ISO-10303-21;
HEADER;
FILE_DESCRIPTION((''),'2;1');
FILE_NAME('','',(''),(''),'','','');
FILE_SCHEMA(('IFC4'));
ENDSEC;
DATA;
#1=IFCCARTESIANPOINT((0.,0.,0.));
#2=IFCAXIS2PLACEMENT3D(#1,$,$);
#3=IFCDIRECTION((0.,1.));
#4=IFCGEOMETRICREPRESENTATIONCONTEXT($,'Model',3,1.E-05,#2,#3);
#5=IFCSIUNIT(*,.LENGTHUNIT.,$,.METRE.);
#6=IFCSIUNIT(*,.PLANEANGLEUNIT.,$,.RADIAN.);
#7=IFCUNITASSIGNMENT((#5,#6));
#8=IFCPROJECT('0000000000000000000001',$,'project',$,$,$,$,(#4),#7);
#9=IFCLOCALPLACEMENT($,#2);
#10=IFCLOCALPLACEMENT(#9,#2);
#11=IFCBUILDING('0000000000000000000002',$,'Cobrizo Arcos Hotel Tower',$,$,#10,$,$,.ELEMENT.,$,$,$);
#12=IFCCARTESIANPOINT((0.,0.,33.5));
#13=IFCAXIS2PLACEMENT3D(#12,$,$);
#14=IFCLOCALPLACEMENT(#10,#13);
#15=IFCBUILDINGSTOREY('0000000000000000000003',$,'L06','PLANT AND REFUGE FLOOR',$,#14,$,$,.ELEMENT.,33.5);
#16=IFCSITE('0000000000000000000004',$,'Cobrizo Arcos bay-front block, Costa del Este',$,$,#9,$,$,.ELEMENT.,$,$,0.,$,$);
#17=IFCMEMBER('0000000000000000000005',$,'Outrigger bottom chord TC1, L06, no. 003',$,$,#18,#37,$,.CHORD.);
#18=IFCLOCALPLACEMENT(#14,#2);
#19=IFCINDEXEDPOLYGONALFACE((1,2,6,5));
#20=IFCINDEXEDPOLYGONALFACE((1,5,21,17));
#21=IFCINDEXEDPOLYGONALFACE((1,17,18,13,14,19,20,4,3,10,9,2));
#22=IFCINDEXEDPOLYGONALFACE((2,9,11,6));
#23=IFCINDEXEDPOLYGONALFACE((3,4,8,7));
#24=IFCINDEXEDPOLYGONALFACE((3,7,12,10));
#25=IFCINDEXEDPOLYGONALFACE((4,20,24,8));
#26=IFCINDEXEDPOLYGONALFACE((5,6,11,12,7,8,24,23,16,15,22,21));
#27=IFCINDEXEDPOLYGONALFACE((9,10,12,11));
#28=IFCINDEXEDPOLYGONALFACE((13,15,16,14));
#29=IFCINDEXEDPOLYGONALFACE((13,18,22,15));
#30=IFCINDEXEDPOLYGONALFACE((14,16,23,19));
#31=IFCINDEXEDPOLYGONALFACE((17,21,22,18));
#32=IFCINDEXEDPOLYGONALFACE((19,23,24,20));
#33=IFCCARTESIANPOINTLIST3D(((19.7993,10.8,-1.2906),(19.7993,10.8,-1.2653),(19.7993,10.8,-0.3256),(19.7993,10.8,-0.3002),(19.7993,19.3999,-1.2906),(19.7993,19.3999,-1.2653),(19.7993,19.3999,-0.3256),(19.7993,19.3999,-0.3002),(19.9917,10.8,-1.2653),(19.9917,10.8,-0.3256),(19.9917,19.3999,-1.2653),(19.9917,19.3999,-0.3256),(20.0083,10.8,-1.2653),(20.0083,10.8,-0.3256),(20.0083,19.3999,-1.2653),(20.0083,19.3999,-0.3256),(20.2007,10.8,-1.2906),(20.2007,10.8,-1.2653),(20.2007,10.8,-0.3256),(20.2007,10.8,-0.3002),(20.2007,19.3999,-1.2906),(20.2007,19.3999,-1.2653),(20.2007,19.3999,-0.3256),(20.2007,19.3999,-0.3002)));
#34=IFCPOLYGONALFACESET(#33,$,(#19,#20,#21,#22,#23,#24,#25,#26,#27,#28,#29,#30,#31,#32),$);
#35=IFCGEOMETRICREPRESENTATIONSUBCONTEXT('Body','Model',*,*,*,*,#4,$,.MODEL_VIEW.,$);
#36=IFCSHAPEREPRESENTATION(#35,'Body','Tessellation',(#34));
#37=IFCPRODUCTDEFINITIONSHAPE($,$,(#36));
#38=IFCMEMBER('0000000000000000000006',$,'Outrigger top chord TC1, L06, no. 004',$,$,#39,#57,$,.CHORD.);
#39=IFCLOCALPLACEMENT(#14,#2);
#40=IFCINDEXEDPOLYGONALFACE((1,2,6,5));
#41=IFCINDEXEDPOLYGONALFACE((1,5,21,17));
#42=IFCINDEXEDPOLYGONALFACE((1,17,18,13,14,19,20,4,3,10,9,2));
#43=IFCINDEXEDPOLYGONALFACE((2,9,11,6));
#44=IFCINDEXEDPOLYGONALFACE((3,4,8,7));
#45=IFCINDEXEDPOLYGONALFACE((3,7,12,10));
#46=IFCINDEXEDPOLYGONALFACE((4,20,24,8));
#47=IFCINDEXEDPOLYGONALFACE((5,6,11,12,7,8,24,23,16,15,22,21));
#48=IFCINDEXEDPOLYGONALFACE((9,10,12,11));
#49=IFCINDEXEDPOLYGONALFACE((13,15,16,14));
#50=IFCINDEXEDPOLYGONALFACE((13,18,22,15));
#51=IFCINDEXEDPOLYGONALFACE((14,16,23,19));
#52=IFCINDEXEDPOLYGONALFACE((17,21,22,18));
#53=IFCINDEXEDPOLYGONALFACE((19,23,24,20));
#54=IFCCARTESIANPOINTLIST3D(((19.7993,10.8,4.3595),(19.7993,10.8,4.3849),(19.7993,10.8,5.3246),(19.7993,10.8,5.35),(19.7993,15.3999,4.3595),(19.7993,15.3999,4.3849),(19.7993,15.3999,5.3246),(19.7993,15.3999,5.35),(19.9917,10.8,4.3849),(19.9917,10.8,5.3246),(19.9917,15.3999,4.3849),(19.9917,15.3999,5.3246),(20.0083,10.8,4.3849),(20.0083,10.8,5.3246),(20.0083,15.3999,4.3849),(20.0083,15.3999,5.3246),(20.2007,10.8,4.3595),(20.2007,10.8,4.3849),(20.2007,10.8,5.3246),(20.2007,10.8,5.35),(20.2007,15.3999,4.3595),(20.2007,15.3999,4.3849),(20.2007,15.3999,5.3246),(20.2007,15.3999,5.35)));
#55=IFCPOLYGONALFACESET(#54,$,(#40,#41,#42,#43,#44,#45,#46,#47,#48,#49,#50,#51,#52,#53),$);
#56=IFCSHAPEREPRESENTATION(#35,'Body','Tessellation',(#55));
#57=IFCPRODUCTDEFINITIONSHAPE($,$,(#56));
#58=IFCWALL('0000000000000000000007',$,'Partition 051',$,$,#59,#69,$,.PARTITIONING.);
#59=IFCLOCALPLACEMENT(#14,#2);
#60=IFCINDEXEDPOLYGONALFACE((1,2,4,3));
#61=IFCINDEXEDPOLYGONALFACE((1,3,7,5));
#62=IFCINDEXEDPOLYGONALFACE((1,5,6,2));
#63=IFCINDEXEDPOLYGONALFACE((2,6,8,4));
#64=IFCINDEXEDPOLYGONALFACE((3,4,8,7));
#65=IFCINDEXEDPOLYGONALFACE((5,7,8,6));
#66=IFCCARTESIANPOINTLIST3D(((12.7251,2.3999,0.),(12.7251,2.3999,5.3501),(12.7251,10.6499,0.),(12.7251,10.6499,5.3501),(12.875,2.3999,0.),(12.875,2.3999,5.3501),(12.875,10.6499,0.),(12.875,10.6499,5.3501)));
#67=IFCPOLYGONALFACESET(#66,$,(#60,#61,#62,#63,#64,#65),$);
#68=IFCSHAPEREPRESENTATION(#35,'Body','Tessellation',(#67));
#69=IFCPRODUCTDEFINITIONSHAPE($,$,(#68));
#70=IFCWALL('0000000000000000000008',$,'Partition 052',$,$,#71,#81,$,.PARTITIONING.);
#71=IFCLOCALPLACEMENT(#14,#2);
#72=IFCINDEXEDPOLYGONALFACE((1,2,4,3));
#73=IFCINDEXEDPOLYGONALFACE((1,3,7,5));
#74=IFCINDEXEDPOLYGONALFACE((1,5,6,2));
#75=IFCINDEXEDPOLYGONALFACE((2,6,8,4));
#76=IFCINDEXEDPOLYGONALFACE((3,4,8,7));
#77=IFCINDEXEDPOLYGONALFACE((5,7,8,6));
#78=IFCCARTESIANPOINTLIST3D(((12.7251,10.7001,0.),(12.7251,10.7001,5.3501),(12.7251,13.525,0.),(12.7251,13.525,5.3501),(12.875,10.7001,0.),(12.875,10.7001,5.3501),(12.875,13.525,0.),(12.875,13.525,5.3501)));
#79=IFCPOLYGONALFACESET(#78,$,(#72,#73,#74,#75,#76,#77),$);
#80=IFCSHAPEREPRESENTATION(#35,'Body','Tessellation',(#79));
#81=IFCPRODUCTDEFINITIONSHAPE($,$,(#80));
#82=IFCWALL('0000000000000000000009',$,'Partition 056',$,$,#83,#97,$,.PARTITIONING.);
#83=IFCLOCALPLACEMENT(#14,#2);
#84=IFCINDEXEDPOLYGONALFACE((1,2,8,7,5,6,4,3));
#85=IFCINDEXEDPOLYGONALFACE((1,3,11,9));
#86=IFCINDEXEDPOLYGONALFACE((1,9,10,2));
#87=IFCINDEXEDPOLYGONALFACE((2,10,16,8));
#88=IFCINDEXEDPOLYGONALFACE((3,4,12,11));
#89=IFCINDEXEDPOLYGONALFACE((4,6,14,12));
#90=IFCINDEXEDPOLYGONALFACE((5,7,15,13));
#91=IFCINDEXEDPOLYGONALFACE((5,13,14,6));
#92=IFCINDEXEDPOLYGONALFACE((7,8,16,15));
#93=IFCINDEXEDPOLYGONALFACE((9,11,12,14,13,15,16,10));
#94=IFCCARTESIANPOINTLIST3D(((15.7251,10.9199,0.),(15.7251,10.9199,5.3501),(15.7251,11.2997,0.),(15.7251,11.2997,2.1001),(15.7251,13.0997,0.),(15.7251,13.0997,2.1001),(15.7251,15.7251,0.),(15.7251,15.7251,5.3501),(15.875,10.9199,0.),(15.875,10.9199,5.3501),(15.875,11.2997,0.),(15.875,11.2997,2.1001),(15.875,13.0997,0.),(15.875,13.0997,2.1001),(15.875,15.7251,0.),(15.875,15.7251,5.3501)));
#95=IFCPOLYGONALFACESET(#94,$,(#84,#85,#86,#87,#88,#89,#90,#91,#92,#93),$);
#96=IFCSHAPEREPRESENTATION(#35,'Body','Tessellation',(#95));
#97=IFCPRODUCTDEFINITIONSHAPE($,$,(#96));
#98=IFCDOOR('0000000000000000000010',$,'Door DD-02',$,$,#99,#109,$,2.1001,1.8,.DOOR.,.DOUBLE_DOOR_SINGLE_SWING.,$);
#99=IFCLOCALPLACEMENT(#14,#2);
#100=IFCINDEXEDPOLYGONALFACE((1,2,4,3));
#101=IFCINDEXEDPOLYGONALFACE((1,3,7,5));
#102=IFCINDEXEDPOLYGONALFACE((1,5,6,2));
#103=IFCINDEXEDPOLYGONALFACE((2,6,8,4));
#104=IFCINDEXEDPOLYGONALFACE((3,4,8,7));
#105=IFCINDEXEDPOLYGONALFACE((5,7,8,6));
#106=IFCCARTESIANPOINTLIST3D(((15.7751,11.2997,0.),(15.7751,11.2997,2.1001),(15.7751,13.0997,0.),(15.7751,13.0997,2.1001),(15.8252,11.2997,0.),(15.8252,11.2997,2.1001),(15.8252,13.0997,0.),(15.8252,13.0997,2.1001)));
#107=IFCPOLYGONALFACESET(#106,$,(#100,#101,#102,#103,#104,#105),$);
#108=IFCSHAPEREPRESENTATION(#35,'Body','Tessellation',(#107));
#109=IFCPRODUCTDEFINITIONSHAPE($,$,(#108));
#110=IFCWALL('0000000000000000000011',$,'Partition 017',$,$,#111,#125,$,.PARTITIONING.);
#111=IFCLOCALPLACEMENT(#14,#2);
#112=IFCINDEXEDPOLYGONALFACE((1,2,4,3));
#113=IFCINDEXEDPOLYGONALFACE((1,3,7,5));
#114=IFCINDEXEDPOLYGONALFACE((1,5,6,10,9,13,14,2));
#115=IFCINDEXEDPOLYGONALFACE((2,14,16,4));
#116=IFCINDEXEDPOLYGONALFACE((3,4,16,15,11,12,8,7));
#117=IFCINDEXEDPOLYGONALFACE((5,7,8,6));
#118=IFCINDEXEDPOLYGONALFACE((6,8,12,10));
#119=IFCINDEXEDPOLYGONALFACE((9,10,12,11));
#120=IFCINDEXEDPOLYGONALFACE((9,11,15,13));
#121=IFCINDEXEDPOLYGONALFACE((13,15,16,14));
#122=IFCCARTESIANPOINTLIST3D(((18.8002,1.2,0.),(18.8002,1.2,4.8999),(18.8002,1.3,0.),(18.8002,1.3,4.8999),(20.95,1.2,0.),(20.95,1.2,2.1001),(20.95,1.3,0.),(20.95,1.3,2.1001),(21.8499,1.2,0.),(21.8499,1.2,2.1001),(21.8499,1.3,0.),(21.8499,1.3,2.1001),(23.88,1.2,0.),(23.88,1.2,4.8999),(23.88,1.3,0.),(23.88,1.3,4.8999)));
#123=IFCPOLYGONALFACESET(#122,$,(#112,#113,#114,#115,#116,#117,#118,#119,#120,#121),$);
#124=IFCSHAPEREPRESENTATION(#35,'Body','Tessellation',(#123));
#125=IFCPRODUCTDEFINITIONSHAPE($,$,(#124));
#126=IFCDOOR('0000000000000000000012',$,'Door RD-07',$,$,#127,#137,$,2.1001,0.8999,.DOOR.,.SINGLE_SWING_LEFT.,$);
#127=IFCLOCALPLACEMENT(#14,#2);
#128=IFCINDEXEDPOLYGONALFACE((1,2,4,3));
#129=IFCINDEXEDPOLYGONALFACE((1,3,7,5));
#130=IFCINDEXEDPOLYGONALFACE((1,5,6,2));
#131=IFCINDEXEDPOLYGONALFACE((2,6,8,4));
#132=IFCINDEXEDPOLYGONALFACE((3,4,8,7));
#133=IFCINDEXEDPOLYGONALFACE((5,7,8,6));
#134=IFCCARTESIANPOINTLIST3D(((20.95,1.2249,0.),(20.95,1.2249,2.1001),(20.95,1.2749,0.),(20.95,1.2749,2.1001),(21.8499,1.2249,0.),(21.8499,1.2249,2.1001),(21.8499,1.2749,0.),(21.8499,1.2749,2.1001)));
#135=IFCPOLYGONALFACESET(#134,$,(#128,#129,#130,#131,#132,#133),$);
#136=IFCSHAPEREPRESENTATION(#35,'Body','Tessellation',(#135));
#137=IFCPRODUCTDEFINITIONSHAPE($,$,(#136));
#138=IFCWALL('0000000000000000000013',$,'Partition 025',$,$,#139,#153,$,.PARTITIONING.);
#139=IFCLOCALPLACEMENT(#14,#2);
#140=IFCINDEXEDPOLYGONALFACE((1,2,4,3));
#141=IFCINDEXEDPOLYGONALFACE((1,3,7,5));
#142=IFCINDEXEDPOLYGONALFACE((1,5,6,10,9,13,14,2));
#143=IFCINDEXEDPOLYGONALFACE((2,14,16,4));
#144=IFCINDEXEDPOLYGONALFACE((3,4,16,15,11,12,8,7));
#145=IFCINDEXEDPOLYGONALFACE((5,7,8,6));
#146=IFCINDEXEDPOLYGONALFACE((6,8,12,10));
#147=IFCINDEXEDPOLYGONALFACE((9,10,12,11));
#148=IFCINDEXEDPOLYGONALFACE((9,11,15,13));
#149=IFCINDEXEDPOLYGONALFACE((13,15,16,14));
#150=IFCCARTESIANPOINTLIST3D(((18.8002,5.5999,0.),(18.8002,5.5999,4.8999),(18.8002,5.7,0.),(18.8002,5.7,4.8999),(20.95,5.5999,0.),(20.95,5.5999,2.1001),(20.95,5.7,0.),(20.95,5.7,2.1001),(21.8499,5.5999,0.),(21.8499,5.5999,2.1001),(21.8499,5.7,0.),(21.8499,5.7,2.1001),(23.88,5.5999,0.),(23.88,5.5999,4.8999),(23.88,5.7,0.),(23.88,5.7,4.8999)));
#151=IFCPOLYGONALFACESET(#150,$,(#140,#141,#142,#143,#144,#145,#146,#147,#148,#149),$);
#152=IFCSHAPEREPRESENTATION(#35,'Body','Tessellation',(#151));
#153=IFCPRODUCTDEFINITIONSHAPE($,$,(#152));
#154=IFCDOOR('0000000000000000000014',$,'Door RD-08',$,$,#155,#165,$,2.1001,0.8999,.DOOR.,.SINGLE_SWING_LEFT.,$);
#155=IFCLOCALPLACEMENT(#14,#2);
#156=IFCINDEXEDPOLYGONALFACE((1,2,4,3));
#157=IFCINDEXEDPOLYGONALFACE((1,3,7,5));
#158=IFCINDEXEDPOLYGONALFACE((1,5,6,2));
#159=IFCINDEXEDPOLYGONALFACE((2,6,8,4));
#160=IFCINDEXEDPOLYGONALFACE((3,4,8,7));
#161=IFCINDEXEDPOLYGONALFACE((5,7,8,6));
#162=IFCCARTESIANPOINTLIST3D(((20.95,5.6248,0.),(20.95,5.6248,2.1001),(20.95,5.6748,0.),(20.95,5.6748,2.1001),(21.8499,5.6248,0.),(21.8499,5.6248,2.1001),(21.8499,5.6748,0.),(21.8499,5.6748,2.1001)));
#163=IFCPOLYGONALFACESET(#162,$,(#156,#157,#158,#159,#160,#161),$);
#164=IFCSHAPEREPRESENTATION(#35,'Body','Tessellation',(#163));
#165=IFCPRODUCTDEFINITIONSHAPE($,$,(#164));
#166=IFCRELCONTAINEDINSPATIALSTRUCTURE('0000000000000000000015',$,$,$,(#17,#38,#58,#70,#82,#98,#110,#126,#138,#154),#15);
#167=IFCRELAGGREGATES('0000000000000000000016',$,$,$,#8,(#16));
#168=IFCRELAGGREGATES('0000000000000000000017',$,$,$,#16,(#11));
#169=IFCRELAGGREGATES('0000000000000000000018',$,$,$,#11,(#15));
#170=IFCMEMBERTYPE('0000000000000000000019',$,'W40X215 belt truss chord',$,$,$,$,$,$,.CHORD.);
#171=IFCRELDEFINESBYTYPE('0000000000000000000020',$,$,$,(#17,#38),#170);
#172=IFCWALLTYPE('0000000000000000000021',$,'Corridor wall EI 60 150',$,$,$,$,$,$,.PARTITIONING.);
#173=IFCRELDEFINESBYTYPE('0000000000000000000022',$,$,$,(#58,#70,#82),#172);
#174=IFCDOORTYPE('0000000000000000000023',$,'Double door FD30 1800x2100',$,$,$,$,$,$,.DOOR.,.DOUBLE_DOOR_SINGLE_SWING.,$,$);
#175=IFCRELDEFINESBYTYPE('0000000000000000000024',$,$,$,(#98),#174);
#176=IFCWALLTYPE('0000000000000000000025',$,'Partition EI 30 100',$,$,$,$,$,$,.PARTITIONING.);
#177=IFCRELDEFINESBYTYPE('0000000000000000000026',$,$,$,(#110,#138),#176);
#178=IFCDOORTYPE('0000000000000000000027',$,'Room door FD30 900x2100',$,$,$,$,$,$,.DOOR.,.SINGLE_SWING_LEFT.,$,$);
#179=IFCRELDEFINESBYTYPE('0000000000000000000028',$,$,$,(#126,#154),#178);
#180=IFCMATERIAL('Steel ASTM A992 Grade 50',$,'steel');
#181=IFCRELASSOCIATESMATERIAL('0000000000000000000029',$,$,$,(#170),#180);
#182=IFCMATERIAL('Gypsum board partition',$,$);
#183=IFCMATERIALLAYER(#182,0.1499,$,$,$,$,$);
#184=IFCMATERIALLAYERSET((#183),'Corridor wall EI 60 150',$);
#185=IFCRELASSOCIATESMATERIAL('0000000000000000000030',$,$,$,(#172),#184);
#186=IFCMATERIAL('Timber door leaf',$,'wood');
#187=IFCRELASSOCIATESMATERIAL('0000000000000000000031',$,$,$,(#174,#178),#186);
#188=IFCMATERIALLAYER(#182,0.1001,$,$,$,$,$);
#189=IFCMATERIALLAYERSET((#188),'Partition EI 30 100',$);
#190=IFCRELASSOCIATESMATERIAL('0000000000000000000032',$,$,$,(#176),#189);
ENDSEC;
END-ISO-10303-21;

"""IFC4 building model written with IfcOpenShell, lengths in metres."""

from ifc_helpers import new_model, si_unit, direction, frame, frame_2d, origin, origin_2d, place, context, subcontext, project, spatial, rectangle, i_section, extrude, material, layer, layer_set, material_profile, profile_set, type_object, element, fill, save


model = new_model("IFC4")

# Units and contexts
model_context = context("Model", 3, precision=1e-05, world=origin(), true_north=direction((0.0, 1.0)))
body_context = subcontext(model_context, "Body", "Model", "MODEL_VIEW")
ifc_project = project(units=[si_unit("LENGTHUNIT", "METRE"), si_unit("PLANEANGLEUNIT", "RADIAN")], contexts=[model_context])

# Site, building, storey
site_placement = place(None, origin())
site = spatial("IfcSite", under=ifc_project, at=site_placement, Name="Cobrizo Arcos bay-front block, Costa del Este", CompositionType="ELEMENT", RefElevation=0.0)
building_placement = place(site_placement, origin())
building = spatial("IfcBuilding", under=site, at=building_placement, Name="Cobrizo Arcos Hotel Tower", CompositionType="ELEMENT")
storey_placement = place(building_placement, frame((0.0, 0.0, 33.5)))
storey = spatial("IfcBuildingStorey", under=building, at=storey_placement, Name="L06", Description="PLANT AND REFUGE FLOOR", CompositionType="ELEMENT", Elevation=33.5)

# Shared definitions
ifc_material_1 = material(Name="Steel ASTM A992 Grade 50", Category="steel")

# Members
ifc_material_profile_1 = material_profile(ifc_material_1, i_section(OverallWidth=0.4014, OverallDepth=0.9905, WebThickness=0.0166, FlangeThickness=0.0254, at=origin_2d()), Name="W40X215")
ifc_profile_set_1 = profile_set([ifc_material_profile_1], Name="Steel ASTM A992 Grade 50")
member_type_1 = type_object("IfcMemberType", Name="W40X215 belt truss chord", PredefinedType="CHORD", material=ifc_profile_set_1)
member_1_placement = place(storey_placement, frame((20.0, 10.8, -0.7954), z_axis=(0.0, 1.0, 0.0), x_axis=(-1.0, 0.0, 0.0)))
element("IfcMember", 1, at=member_1_placement, inside=storey, type_object=member_type_1, Name="Outrigger bottom chord TC1, L06, no. 003", PredefinedType="CHORD", context=body_context, shape_type="SweptSolid", body=[
    extrude(i_section(OverallWidth=0.4014, OverallDepth=0.9905, WebThickness=0.0166, FlangeThickness=0.0254, at=origin_2d()), origin(), (0.0, 0.0, 1.0), 8.5999),
])
member_2_placement = place(storey_placement, frame((20.0, 10.8, 4.8547), z_axis=(0.0, 1.0, 0.0), x_axis=(-1.0, 0.0, 0.0)))
element("IfcMember", 2, at=member_2_placement, inside=storey, type_object=member_type_1, Name="Outrigger top chord TC1, L06, no. 004", PredefinedType="CHORD", context=body_context, shape_type="SweptSolid", body=[
    extrude(i_section(OverallWidth=0.4014, OverallDepth=0.9905, WebThickness=0.0166, FlangeThickness=0.0254, at=origin_2d()), origin(), (0.0, 0.0, 1.0), 4.5999),
])

# Walls
ifc_material_2 = material(Name="Gypsum board partition")
ifc_layer_1 = layer(ifc_material_2, 0.1499)
ifc_layer_set_1 = layer_set([ifc_layer_1], Name="Corridor wall EI 60 150")
wall_type_1 = type_object("IfcWallType", Name="Corridor wall EI 60 150", PredefinedType="PARTITIONING", material=ifc_layer_set_1)
wall_1_placement = place(storey_placement, frame((12.8, 2.3999, 0.0), z_axis=(0.0, 0.0, 1.0), x_axis=(0.0, 1.0, 0.0)))
element("IfcWall", 3, at=wall_1_placement, inside=storey, type_object=wall_type_1, Name="Partition 051", PredefinedType="PARTITIONING", context=body_context, shape_type="SweptSolid", body=[
    extrude(rectangle(XDim=8.25, YDim=0.1499, at=frame_2d((4.125, 0.0))), origin(), (0.0, 0.0, 1.0), 5.3501),
])
wall_2_placement = place(storey_placement, frame((12.8, 10.7, 0.0), z_axis=(0.0, 0.0, 1.0), x_axis=(0.0, 1.0, 0.0)))
element("IfcWall", 4, at=wall_2_placement, inside=storey, type_object=wall_type_1, Name="Partition 052", PredefinedType="PARTITIONING", context=body_context, shape_type="SweptSolid", body=[
    extrude(rectangle(XDim=2.825, YDim=0.1499, at=frame_2d((1.4126, 0.0))), origin(), (0.0, 0.0, 1.0), 5.3501),
])

# Walls, openings, doors
wall_3_placement = place(storey_placement, frame((15.8, 10.9199, 0.0), z_axis=(0.0, 0.0, 1.0), x_axis=(0.0, 1.0, 0.0)))
wall_3 = element("IfcWall", 5, at=wall_3_placement, inside=storey, type_object=wall_type_1, Name="Partition 056", PredefinedType="PARTITIONING", context=body_context, shape_type="SweptSolid", body=[
    extrude(rectangle(XDim=4.8052, YDim=0.1499, at=frame_2d((2.4026, 0.0))), origin(), (0.0, 0.0, 1.0), 5.3501),
])
opening_1_placement = place(wall_3_placement, frame((0.3799, 0.0, 0.0)))
opening_1 = element("IfcOpeningElement", 6, at=opening_1_placement, cuts=wall_3, PredefinedType="OPENING", context=body_context, shape_type="SweptSolid", body=[
    extrude(rectangle(XDim=1.8, YDim=2.1001, at=frame_2d((0.8999, 1.05))), frame((0.0, 0.0869, 0.0), z_axis=(0.0, -1.0, 0.0), x_axis=(1.0, 0.0, 0.0)), (0.0, 0.0, 1.0), 0.1738),
])
ifc_material_3 = material(Name="Timber door leaf", Category="wood")
door_type_1 = type_object("IfcDoorType", Name="Double door FD30 1800x2100", OperationType="DOUBLE_DOOR_SINGLE_SWING", PredefinedType="DOOR", material=ifc_material_3)
door_1_placement = place(opening_1_placement, origin())
door_1 = element("IfcDoor", 7, at=door_1_placement, inside=storey, type_object=door_type_1, Name="Door DD-02", OperationType="DOUBLE_DOOR_SINGLE_SWING", OverallHeight=2.1001, OverallWidth=1.8, PredefinedType="DOOR", context=body_context, shape_type="SweptSolid", body=[
    extrude(rectangle(XDim=1.8, YDim=2.1001, at=frame_2d((0.8999, 1.05))), frame((0.0, 0.0249, 0.0), z_axis=(0.0, -1.0, 0.0), x_axis=(1.0, 0.0, 0.0)), (0.0, 0.0, 1.0), 0.05),
])
fill(opening_1, door_1)
ifc_layer_2 = layer(ifc_material_2, 0.1001)
ifc_layer_set_2 = layer_set([ifc_layer_2], Name="Partition EI 30 100")
wall_type_2 = type_object("IfcWallType", Name="Partition EI 30 100", PredefinedType="PARTITIONING", material=ifc_layer_set_2)
wall_4_placement = place(storey_placement, frame((18.8, 1.25, 0.0), z_axis=(0.0, 0.0, 1.0), x_axis=(1.0, 0.0, 0.0)))
wall_4 = element("IfcWall", 8, at=wall_4_placement, inside=storey, type_object=wall_type_2, Name="Partition 017", PredefinedType="PARTITIONING", context=body_context, shape_type="SweptSolid", body=[
    extrude(rectangle(XDim=5.0798, YDim=0.1001, at=frame_2d((2.54, 0.0))), origin(), (0.0, 0.0, 1.0), 4.8999),
])
opening_2_placement = place(wall_4_placement, frame((2.1499, 0.0, 0.0)))
opening_2 = element("IfcOpeningElement", 9, at=opening_2_placement, cuts=wall_4, PredefinedType="OPENING", context=body_context, shape_type="SweptSolid", body=[
    extrude(rectangle(XDim=0.8999, YDim=2.1001, at=frame_2d((0.45, 1.05))), frame((0.0, 0.062, 0.0), z_axis=(0.0, -1.0, 0.0), x_axis=(1.0, 0.0, 0.0)), (0.0, 0.0, 1.0), 0.124),
])
door_type_2 = type_object("IfcDoorType", Name="Room door FD30 900x2100", OperationType="SINGLE_SWING_LEFT", PredefinedType="DOOR", material=ifc_material_3)
door_2_placement = place(opening_2_placement, origin())
door_2 = element("IfcDoor", 10, at=door_2_placement, inside=storey, type_object=door_type_2, Name="Door RD-07", OperationType="SINGLE_SWING_LEFT", OverallHeight=2.1001, OverallWidth=0.8999, PredefinedType="DOOR", context=body_context, shape_type="SweptSolid", body=[
    extrude(rectangle(XDim=0.8999, YDim=2.1001, at=frame_2d((0.45, 1.05))), frame((0.0, 0.0249, 0.0), z_axis=(0.0, -1.0, 0.0), x_axis=(1.0, 0.0, 0.0)), (0.0, 0.0, 1.0), 0.05),
])
fill(opening_2, door_2)
wall_5_placement = place(storey_placement, frame((18.8, 5.6499, 0.0), z_axis=(0.0, 0.0, 1.0), x_axis=(1.0, 0.0, 0.0)))
wall_5 = element("IfcWall", 11, at=wall_5_placement, inside=storey, type_object=wall_type_2, Name="Partition 025", PredefinedType="PARTITIONING", context=body_context, shape_type="SweptSolid", body=[
    extrude(rectangle(XDim=5.0798, YDim=0.1001, at=frame_2d((2.54, 0.0))), origin(), (0.0, 0.0, 1.0), 4.8999),
])
opening_3_placement = place(wall_5_placement, frame((2.1499, 0.0, 0.0)))
opening_3 = element("IfcOpeningElement", 12, at=opening_3_placement, cuts=wall_5, PredefinedType="OPENING", context=body_context, shape_type="SweptSolid", body=[
    extrude(rectangle(XDim=0.8999, YDim=2.1001, at=frame_2d((0.45, 1.05))), frame((0.0, 0.062, 0.0), z_axis=(0.0, -1.0, 0.0), x_axis=(1.0, 0.0, 0.0)), (0.0, 0.0, 1.0), 0.124),
])
door_3_placement = place(opening_3_placement, origin())
door_3 = element("IfcDoor", 13, at=door_3_placement, inside=storey, type_object=door_type_2, Name="Door RD-08", OperationType="SINGLE_SWING_LEFT", OverallHeight=2.1001, OverallWidth=0.8999, PredefinedType="DOOR", context=body_context, shape_type="SweptSolid", body=[
    extrude(rectangle(XDim=0.8999, YDim=2.1001, at=frame_2d((0.45, 1.05))), frame((0.0, 0.0249, 0.0), z_axis=(0.0, -1.0, 0.0), x_axis=(1.0, 0.0, 0.0)), (0.0, 0.0, 1.0), 0.05),
])
fill(opening_3, door_3)

save(model, "model.ifc")
